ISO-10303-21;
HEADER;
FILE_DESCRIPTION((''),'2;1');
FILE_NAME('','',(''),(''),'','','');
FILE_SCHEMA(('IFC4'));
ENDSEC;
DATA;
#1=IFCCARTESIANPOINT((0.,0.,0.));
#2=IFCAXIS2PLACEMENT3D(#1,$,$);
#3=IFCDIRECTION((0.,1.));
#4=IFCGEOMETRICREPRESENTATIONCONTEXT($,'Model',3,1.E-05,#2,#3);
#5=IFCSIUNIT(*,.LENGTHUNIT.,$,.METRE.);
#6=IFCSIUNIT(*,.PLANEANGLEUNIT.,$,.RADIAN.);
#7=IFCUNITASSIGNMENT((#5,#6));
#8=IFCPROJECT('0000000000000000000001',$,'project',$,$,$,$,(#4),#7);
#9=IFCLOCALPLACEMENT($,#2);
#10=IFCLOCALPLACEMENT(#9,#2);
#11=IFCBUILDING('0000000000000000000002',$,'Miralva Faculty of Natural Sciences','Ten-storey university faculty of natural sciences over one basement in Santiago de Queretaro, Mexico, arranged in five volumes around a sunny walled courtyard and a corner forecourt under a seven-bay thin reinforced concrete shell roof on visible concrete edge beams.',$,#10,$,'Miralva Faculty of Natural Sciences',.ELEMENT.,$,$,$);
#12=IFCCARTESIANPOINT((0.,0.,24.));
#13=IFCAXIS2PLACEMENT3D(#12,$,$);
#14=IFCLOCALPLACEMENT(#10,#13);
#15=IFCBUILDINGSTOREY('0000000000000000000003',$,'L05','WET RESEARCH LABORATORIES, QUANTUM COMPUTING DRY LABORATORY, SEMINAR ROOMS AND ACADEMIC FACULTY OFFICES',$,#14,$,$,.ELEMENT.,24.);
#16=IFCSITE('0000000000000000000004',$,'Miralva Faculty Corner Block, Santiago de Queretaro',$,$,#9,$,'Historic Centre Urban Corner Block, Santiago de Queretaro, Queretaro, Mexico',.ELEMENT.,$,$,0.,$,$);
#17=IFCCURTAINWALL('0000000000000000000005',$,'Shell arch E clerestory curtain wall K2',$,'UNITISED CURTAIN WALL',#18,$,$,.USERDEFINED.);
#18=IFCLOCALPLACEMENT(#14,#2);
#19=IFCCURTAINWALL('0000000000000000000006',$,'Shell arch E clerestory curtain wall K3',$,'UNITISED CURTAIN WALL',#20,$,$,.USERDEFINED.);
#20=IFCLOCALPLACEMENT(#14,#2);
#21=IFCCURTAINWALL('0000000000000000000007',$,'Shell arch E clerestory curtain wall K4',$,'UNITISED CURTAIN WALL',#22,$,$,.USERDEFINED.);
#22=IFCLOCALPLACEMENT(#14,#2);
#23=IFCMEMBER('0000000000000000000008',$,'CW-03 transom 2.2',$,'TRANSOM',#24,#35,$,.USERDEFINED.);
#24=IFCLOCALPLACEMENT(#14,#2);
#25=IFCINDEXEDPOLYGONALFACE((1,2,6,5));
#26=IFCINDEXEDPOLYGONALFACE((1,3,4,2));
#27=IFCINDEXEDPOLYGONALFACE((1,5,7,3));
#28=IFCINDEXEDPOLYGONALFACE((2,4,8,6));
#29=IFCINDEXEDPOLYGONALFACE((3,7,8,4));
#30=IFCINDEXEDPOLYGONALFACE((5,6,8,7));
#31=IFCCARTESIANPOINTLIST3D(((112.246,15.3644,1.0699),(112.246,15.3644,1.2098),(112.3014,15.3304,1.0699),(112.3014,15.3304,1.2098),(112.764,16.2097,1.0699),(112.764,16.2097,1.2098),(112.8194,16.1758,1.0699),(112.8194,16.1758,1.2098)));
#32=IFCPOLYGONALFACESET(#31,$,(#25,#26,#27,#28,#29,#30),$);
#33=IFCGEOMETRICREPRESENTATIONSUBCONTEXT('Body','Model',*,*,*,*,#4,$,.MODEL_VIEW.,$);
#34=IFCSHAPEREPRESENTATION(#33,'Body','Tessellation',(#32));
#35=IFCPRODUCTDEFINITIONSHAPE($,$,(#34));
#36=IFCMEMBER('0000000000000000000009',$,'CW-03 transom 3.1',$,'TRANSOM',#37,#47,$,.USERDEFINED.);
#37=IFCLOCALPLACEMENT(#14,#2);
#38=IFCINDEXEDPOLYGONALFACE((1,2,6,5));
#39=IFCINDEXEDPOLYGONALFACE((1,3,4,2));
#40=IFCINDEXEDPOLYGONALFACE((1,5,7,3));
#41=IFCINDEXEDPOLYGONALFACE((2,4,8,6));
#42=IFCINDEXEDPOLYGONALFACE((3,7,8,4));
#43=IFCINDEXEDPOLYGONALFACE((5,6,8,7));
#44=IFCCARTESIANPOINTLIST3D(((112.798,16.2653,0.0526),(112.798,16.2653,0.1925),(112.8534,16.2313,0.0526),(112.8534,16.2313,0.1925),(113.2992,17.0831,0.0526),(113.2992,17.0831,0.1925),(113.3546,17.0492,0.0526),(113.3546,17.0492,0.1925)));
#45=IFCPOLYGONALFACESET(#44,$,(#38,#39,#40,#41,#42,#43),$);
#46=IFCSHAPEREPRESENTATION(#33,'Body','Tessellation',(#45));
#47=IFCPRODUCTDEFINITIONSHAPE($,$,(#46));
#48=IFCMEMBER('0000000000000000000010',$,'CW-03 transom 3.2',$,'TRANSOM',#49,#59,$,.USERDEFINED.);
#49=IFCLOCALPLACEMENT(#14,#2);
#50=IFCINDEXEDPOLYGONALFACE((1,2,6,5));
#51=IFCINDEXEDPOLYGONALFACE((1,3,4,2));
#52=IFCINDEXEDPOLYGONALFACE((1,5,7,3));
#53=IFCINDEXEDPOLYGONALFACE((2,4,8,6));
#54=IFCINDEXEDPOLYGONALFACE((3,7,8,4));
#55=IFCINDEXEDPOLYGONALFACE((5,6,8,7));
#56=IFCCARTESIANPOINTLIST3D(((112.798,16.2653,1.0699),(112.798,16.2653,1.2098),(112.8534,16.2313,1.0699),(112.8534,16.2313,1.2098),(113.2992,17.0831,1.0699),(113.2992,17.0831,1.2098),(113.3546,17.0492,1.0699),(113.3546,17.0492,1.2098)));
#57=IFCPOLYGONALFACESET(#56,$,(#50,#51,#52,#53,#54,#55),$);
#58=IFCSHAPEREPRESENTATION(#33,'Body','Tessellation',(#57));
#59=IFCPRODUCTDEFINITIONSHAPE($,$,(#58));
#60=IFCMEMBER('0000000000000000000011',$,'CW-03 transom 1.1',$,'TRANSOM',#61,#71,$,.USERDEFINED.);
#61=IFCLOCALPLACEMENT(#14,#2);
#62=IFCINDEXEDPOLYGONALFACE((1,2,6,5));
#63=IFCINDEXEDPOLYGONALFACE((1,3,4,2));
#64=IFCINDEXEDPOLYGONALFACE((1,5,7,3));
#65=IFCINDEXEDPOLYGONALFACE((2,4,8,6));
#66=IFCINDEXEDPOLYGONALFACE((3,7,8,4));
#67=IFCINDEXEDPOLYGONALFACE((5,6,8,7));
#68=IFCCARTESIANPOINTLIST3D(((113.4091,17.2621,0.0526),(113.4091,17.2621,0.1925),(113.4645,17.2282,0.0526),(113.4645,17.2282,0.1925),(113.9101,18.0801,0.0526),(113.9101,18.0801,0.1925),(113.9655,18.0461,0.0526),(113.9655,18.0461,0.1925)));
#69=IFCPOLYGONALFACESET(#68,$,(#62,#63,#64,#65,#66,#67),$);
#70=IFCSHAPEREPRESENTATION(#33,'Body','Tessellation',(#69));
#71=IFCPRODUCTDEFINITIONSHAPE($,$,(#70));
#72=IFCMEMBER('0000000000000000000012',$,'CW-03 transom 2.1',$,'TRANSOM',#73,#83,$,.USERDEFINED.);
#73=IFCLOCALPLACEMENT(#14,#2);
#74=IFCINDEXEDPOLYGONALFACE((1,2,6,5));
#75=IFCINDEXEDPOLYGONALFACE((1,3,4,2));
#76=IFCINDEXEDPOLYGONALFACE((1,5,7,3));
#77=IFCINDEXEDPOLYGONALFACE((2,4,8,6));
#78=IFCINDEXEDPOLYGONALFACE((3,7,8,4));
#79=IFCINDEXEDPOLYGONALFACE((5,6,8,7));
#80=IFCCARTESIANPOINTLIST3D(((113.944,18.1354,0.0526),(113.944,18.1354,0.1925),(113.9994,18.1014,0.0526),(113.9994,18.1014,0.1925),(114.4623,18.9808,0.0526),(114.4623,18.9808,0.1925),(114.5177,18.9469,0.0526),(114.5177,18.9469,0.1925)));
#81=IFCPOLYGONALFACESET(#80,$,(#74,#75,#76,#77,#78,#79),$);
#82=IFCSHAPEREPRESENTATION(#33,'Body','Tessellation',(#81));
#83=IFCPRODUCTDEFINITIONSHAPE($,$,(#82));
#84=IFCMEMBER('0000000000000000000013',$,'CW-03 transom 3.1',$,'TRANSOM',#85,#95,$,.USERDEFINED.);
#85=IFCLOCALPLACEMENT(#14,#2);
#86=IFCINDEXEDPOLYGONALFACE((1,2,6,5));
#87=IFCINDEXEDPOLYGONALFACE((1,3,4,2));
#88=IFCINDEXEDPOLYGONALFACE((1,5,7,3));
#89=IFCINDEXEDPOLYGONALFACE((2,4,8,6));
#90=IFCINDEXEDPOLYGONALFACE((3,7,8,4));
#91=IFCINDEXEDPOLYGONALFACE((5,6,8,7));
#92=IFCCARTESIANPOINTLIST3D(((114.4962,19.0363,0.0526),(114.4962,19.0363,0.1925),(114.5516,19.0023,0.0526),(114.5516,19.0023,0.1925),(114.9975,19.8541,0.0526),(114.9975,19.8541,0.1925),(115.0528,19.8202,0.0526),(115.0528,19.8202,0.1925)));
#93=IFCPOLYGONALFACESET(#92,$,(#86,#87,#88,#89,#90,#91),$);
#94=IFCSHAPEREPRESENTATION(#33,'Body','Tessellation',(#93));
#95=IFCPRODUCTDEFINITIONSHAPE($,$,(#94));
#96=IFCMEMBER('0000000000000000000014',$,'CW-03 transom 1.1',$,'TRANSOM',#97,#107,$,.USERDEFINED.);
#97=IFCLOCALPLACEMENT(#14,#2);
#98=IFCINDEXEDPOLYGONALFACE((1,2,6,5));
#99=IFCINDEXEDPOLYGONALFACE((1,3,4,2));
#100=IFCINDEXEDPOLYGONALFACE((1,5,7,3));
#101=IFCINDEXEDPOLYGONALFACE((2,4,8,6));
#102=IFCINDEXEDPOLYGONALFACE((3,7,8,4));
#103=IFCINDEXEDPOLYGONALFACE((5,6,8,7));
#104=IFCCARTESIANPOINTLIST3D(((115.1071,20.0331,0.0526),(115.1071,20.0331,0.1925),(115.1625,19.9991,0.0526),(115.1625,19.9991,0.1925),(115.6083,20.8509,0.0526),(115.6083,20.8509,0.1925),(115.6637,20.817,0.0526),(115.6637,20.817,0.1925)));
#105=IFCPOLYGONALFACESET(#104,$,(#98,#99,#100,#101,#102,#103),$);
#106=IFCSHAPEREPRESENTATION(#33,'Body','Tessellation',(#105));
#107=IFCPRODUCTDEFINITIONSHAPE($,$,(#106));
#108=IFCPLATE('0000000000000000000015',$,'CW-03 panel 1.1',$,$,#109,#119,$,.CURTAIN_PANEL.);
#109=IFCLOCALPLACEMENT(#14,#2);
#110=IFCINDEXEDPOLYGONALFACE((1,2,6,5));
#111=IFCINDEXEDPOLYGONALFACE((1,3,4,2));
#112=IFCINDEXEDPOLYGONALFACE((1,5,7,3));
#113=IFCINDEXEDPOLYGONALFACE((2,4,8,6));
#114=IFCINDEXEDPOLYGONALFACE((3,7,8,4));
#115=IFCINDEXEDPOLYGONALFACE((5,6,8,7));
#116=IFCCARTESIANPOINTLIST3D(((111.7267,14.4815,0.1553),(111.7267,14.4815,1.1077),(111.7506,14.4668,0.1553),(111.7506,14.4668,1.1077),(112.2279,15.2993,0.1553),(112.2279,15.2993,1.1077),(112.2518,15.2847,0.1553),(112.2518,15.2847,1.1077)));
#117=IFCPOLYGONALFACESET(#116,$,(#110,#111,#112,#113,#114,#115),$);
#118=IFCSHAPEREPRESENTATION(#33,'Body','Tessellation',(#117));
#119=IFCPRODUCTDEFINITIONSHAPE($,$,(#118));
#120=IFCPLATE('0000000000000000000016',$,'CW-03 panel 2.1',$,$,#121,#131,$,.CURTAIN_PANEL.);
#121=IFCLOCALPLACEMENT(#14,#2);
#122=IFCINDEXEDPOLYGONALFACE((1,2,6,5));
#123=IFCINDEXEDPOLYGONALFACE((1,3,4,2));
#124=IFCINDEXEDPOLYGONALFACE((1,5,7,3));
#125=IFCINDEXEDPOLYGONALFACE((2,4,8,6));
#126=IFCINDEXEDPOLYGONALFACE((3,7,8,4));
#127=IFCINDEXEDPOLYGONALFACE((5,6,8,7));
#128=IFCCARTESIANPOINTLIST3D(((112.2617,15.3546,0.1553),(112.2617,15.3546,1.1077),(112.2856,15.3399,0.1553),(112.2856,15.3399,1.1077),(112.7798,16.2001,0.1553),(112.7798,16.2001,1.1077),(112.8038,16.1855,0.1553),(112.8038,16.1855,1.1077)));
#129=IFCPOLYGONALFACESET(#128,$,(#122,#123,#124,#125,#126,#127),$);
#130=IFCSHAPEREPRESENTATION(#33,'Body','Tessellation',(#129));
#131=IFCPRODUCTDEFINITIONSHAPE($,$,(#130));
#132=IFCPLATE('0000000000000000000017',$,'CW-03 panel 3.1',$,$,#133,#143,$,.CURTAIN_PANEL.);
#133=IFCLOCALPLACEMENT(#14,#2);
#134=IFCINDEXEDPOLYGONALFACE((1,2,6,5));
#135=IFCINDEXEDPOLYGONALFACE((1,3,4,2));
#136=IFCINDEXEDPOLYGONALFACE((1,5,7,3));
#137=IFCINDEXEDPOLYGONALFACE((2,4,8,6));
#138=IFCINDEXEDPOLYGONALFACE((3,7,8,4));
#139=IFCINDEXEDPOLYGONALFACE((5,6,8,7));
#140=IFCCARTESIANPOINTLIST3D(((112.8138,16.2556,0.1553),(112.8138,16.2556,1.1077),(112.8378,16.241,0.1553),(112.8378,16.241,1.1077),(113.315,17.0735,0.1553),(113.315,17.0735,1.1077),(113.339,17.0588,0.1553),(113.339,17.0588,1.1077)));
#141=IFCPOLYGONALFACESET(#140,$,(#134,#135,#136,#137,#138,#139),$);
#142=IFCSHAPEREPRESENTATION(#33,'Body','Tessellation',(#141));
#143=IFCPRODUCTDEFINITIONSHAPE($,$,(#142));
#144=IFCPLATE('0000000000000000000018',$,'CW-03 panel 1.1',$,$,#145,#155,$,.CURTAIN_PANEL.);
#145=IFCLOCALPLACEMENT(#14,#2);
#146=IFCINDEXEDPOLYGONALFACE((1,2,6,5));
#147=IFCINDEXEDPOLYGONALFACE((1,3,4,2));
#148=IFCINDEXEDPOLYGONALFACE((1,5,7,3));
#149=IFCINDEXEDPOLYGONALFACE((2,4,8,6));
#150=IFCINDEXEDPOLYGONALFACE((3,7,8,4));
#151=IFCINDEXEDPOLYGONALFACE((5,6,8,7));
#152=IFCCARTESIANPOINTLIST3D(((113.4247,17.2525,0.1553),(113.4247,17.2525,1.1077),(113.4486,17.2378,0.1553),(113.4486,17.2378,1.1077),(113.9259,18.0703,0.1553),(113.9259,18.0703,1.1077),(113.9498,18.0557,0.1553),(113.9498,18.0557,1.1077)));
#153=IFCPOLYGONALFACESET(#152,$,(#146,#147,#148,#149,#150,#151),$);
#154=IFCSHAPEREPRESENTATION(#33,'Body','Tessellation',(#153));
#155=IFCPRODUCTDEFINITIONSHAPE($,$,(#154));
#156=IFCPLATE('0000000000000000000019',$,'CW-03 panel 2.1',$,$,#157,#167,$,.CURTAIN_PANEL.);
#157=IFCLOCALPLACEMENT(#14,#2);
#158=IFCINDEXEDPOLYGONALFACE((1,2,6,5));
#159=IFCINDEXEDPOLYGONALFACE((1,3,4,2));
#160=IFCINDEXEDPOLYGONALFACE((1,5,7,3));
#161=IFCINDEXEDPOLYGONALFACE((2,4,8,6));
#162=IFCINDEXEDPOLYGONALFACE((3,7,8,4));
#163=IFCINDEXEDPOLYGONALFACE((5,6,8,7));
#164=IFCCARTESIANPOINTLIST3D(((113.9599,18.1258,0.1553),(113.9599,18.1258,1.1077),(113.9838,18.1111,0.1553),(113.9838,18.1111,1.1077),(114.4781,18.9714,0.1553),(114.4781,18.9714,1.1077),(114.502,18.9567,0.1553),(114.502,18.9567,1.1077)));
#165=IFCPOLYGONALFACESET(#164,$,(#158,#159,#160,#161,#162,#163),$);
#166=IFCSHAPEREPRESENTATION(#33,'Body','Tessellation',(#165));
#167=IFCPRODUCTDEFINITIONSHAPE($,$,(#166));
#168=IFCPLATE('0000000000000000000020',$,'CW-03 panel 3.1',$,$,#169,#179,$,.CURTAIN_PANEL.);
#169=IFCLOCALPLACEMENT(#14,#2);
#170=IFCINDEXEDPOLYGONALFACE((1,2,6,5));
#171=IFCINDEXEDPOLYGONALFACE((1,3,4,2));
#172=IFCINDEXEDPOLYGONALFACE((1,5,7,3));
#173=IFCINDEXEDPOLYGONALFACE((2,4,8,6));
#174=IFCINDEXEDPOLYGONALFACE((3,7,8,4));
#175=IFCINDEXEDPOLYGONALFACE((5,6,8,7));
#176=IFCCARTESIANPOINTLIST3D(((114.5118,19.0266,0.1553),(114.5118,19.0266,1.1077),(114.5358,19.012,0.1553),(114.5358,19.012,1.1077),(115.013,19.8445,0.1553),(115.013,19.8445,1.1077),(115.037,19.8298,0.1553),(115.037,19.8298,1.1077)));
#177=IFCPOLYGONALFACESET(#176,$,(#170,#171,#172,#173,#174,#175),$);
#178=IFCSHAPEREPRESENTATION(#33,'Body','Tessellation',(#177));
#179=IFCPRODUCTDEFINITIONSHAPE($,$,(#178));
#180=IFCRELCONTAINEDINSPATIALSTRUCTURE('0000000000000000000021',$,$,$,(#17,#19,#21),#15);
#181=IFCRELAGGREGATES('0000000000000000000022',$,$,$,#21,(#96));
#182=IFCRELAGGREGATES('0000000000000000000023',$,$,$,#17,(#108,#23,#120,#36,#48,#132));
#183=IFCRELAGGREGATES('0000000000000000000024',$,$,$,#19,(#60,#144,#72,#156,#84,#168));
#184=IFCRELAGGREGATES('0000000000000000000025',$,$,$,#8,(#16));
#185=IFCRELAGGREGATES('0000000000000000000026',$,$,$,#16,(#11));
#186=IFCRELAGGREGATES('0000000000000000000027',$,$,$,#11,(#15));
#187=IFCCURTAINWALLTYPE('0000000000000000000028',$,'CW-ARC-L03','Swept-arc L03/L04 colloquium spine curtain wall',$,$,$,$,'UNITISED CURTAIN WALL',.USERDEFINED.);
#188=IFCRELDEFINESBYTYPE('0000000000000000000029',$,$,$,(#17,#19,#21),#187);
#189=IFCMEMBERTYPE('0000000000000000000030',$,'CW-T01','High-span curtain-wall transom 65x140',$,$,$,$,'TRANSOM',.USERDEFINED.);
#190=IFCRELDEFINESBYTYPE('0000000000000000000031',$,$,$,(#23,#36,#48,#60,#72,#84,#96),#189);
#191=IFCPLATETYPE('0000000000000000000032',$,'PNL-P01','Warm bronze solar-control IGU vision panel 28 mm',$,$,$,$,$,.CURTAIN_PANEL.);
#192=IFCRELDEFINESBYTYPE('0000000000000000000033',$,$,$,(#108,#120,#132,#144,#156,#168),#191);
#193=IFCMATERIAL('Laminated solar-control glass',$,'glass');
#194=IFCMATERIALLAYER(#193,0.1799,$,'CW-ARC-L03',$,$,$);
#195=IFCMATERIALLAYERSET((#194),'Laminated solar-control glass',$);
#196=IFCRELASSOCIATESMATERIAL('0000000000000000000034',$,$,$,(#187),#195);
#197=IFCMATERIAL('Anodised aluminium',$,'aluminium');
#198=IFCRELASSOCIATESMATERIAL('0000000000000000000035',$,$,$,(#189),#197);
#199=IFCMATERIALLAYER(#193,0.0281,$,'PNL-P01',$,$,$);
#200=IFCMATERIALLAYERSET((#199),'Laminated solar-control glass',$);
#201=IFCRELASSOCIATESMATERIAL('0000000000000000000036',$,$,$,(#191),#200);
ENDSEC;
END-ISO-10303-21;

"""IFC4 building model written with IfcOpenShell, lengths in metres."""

from ifc_helpers import new_model, si_unit, direction, frame, origin, origin_2d, place, context, subcontext, project, spatial, rectangle, extrude, material, layer, layer_set, material_profile, profile_set, type_object, element, aggregate, save


model = new_model("IFC4")

# Units and contexts
model_context = context("Model", 3, precision=1e-05, world=origin(), true_north=direction((0.0, 1.0)))
body_context = subcontext(model_context, "Body", "Model", "MODEL_VIEW")
ifc_project = project(units=[si_unit("LENGTHUNIT", "METRE"), si_unit("PLANEANGLEUNIT", "RADIAN")], contexts=[model_context])

# Site, building, storey
site_placement = place(None, origin())
site = spatial("IfcSite", under=ifc_project, at=site_placement, Name="Miralva Faculty Corner Block, Santiago de Queretaro", LongName="Historic Centre Urban Corner Block, Santiago de Queretaro, Queretaro, Mexico", CompositionType="ELEMENT", RefElevation=0.0)
building_placement = place(site_placement, origin())
building = spatial("IfcBuilding", under=site, at=building_placement, Name="Miralva Faculty of Natural Sciences", Description="Ten-storey university faculty of natural sciences over one basement in Santiago de Queretaro, Mexico, arranged in five volumes around a sunny walled courtyard and a corner forecourt under a seven-bay thin reinforced concrete shell roof on visible concrete edge beams.", LongName="Miralva Faculty of Natural Sciences", CompositionType="ELEMENT")
storey_placement = place(building_placement, frame((0.0, 0.0, 24.0)))
storey = spatial("IfcBuildingStorey", under=building, at=storey_placement, Name="L05", Description="WET RESEARCH LABORATORIES, QUANTUM COMPUTING DRY LABORATORY, SEMINAR ROOMS AND ACADEMIC FACULTY OFFICES", CompositionType="ELEMENT", Elevation=24.0)

# Curtain walls
ifc_material_1 = material(Name="Laminated solar-control glass", Category="glass")
ifc_layer_1 = layer(ifc_material_1, 0.1799, Name="CW-ARC-L03")
ifc_layer_set_1 = layer_set([ifc_layer_1], Name="Laminated solar-control glass")
curtain_wall_type = type_object("IfcCurtainWallType", Name="CW-ARC-L03", Description="Swept-arc L03/L04 colloquium spine curtain wall", ElementType="UNITISED CURTAIN WALL", PredefinedType="USERDEFINED", material=ifc_layer_set_1)
curtain_wall_1_placement = place(storey_placement, origin())
curtain_wall_1 = element("IfcCurtainWall", 1, at=curtain_wall_1_placement, inside=storey, type_object=curtain_wall_type, Name="Shell arch E clerestory curtain wall K2", ObjectType="UNITISED CURTAIN WALL", PredefinedType="USERDEFINED")
ifc_material_2 = material(Name="Anodised aluminium", Category="aluminium")
curtain_wall_2_placement = place(storey_placement, origin())
curtain_wall_2 = element("IfcCurtainWall", 2, at=curtain_wall_2_placement, inside=storey, type_object=curtain_wall_type, Name="Shell arch E clerestory curtain wall K3", ObjectType="UNITISED CURTAIN WALL", PredefinedType="USERDEFINED")

# Curtain wall
curtain_wall_3_placement = place(storey_placement, origin())
curtain_wall_3 = element("IfcCurtainWall", 3, at=curtain_wall_3_placement, inside=storey, type_object=curtain_wall_type, Name="Shell arch E clerestory curtain wall K4", ObjectType="UNITISED CURTAIN WALL", PredefinedType="USERDEFINED")

# Members
ifc_material_profile_1 = material_profile(ifc_material_2, rectangle(XDim=0.0649, YDim=0.1399, at=origin_2d()), Name="TRANSOM 65x140")
ifc_profile_set_1 = profile_set([ifc_material_profile_1], Name="Anodised aluminium")
member_type_1 = type_object("IfcMemberType", Name="CW-T01", Description="High-span curtain-wall transom 65x140", ElementType="TRANSOM", PredefinedType="USERDEFINED", material=ifc_profile_set_1)
member_1_placement = place(storey_placement, frame((112.2737, 15.3474, 1.1399), z_axis=(0.522475, 0.852654, 0.0), x_axis=(-0.852654, 0.522475, 0.0)))
member_1 = element("IfcMember", 4, at=member_1_placement, type_object=member_type_1, Name="CW-03 transom 2.2", ObjectType="TRANSOM", PredefinedType="USERDEFINED", context=body_context, shape_type="SweptSolid", body=[
    extrude(rectangle(XDim=0.0649, YDim=0.1399, at=origin_2d()), origin(), (0.0, 0.0, 1.0), 0.9915),
])
member_2_placement = place(storey_placement, frame((112.8257, 16.2483, 0.1226), z_axis=(0.52252, 0.852627, 0.0), x_axis=(-0.852627, 0.52252, 0.0)))
member_2 = element("IfcMember", 5, at=member_2_placement, type_object=member_type_1, Name="CW-03 transom 3.1", ObjectType="TRANSOM", PredefinedType="USERDEFINED", context=body_context, shape_type="SweptSolid", body=[
    extrude(rectangle(XDim=0.0649, YDim=0.1399, at=origin_2d()), origin(), (0.0, 0.0, 1.0), 0.9592),
])
member_3_placement = place(storey_placement, frame((112.8257, 16.2483, 1.1399), z_axis=(0.52252, 0.852627, 0.0), x_axis=(-0.852627, 0.52252, 0.0)))
member_3 = element("IfcMember", 6, at=member_3_placement, type_object=member_type_1, Name="CW-03 transom 3.2", ObjectType="TRANSOM", PredefinedType="USERDEFINED", context=body_context, shape_type="SweptSolid", body=[
    extrude(rectangle(XDim=0.0649, YDim=0.1399, at=origin_2d()), origin(), (0.0, 0.0, 1.0), 0.9592),
])
member_4_placement = place(storey_placement, frame((113.4368, 17.2451, 0.1226), z_axis=(0.522335, 0.85274, 0.0), x_axis=(-0.85274, 0.522335, 0.0)))
member_4 = element("IfcMember", 7, at=member_4_placement, type_object=member_type_1, Name="CW-03 transom 1.1", ObjectType="TRANSOM", PredefinedType="USERDEFINED", context=body_context, shape_type="SweptSolid", body=[
    extrude(rectangle(XDim=0.0649, YDim=0.1399, at=origin_2d()), origin(), (0.0, 0.0, 1.0), 0.9592),
])
member_5_placement = place(storey_placement, frame((113.9717, 18.1184, 0.1226), z_axis=(0.522654, 0.852545, 0.0), x_axis=(-0.852545, 0.522654, 0.0)))
member_5 = element("IfcMember", 8, at=member_5_placement, type_object=member_type_1, Name="CW-03 transom 2.1", ObjectType="TRANSOM", PredefinedType="USERDEFINED", context=body_context, shape_type="SweptSolid", body=[
    extrude(rectangle(XDim=0.0649, YDim=0.1399, at=origin_2d()), origin(), (0.0, 0.0, 1.0), 0.9917),
])
member_6_placement = place(storey_placement, frame((114.5239, 19.0193, 0.1226), z_axis=(0.52252, 0.852627, 0.0), x_axis=(-0.852627, 0.52252, 0.0)))
member_6 = element("IfcMember", 9, at=member_6_placement, type_object=member_type_1, Name="CW-03 transom 3.1", ObjectType="TRANSOM", PredefinedType="USERDEFINED", context=body_context, shape_type="SweptSolid", body=[
    extrude(rectangle(XDim=0.0649, YDim=0.1399, at=origin_2d()), origin(), (0.0, 0.0, 1.0), 0.9592),
])
member_7_placement = place(storey_placement, frame((115.1348, 20.0161, 0.1226), z_axis=(0.52252, 0.852627, 0.0), x_axis=(-0.852627, 0.52252, 0.0)))
member_7 = element("IfcMember", 10, at=member_7_placement, type_object=member_type_1, Name="CW-03 transom 1.1", ObjectType="TRANSOM", PredefinedType="USERDEFINED", context=body_context, shape_type="SweptSolid", body=[
    extrude(rectangle(XDim=0.0649, YDim=0.1399, at=origin_2d()), origin(), (0.0, 0.0, 1.0), 0.9592),
])
aggregate(curtain_wall_3, [member_7])

# Plates
ifc_layer_2 = layer(ifc_material_1, 0.0281, Name="PNL-P01")
ifc_layer_set_2 = layer_set([ifc_layer_2], Name="Laminated solar-control glass")
plate_type = type_object("IfcPlateType", Name="PNL-P01", Description="Warm bronze solar-control IGU vision panel 28 mm", PredefinedType="CURTAIN_PANEL", material=ifc_layer_set_2)
plate_1_placement = place(storey_placement, frame((111.9893, 14.8831, 0.1553), z_axis=(0.0, 0.0, 1.0), x_axis=(0.522504, 0.852637, 0.0)))
plate_1 = element("IfcPlate", 11, at=plate_1_placement, type_object=plate_type, Name="CW-03 panel 1.1", PredefinedType="CURTAIN_PANEL", context=body_context, shape_type="SweptSolid", body=[
    extrude(rectangle(XDim=0.9592, YDim=0.0281, at=origin_2d()), origin(), (0.0, 0.0, 1.0), 0.9524),
])
plate_2_placement = place(storey_placement, frame((112.5327, 15.77, 0.1553), z_axis=(0.0, 0.0, 1.0), x_axis=(0.522504, 0.852637, 0.0)))
plate_2 = element("IfcPlate", 12, at=plate_2_placement, type_object=plate_type, Name="CW-03 panel 2.1", PredefinedType="CURTAIN_PANEL", context=body_context, shape_type="SweptSolid", body=[
    extrude(rectangle(XDim=0.9917, YDim=0.0281, at=origin_2d()), origin(), (0.0, 0.0, 1.0), 0.9524),
])
plate_3_placement = place(storey_placement, frame((113.0764, 16.6572, 0.1553), z_axis=(0.0, 0.0, 1.0), x_axis=(0.522504, 0.852637, 0.0)))
plate_3 = element("IfcPlate", 13, at=plate_3_placement, type_object=plate_type, Name="CW-03 panel 3.1", PredefinedType="CURTAIN_PANEL", context=body_context, shape_type="SweptSolid", body=[
    extrude(rectangle(XDim=0.9592, YDim=0.0281, at=origin_2d()), origin(), (0.0, 0.0, 1.0), 0.9524),
])
aggregate(curtain_wall_1, [plate_1, member_1, plate_2, member_2, member_3, plate_3])
plate_4_placement = place(storey_placement, frame((113.6873, 17.6541, 0.1553), z_axis=(0.0, 0.0, 1.0), x_axis=(0.522504, 0.852637, 0.0)))
plate_4 = element("IfcPlate", 14, at=plate_4_placement, type_object=plate_type, Name="CW-03 panel 1.1", PredefinedType="CURTAIN_PANEL", context=body_context, shape_type="SweptSolid", body=[
    extrude(rectangle(XDim=0.9592, YDim=0.0281, at=origin_2d()), origin(), (0.0, 0.0, 1.0), 0.9524),
])
plate_5_placement = place(storey_placement, frame((114.231, 18.5413, 0.1553), z_axis=(0.0, 0.0, 1.0), x_axis=(0.522504, 0.852637, 0.0)))
plate_5 = element("IfcPlate", 15, at=plate_5_placement, type_object=plate_type, Name="CW-03 panel 2.1", PredefinedType="CURTAIN_PANEL", context=body_context, shape_type="SweptSolid", body=[
    extrude(rectangle(XDim=0.9917, YDim=0.0281, at=origin_2d()), origin(), (0.0, 0.0, 1.0), 0.9524),
])
plate_6_placement = place(storey_placement, frame((114.7744, 19.4282, 0.1553), z_axis=(0.0, 0.0, 1.0), x_axis=(0.522504, 0.852637, 0.0)))
plate_6 = element("IfcPlate", 16, at=plate_6_placement, type_object=plate_type, Name="CW-03 panel 3.1", PredefinedType="CURTAIN_PANEL", context=body_context, shape_type="SweptSolid", body=[
    extrude(rectangle(XDim=0.9592, YDim=0.0281, at=origin_2d()), origin(), (0.0, 0.0, 1.0), 0.9524),
])
aggregate(curtain_wall_2, [member_4, plate_4, member_5, plate_5, member_6, plate_6])

save(model, "model.ifc")
